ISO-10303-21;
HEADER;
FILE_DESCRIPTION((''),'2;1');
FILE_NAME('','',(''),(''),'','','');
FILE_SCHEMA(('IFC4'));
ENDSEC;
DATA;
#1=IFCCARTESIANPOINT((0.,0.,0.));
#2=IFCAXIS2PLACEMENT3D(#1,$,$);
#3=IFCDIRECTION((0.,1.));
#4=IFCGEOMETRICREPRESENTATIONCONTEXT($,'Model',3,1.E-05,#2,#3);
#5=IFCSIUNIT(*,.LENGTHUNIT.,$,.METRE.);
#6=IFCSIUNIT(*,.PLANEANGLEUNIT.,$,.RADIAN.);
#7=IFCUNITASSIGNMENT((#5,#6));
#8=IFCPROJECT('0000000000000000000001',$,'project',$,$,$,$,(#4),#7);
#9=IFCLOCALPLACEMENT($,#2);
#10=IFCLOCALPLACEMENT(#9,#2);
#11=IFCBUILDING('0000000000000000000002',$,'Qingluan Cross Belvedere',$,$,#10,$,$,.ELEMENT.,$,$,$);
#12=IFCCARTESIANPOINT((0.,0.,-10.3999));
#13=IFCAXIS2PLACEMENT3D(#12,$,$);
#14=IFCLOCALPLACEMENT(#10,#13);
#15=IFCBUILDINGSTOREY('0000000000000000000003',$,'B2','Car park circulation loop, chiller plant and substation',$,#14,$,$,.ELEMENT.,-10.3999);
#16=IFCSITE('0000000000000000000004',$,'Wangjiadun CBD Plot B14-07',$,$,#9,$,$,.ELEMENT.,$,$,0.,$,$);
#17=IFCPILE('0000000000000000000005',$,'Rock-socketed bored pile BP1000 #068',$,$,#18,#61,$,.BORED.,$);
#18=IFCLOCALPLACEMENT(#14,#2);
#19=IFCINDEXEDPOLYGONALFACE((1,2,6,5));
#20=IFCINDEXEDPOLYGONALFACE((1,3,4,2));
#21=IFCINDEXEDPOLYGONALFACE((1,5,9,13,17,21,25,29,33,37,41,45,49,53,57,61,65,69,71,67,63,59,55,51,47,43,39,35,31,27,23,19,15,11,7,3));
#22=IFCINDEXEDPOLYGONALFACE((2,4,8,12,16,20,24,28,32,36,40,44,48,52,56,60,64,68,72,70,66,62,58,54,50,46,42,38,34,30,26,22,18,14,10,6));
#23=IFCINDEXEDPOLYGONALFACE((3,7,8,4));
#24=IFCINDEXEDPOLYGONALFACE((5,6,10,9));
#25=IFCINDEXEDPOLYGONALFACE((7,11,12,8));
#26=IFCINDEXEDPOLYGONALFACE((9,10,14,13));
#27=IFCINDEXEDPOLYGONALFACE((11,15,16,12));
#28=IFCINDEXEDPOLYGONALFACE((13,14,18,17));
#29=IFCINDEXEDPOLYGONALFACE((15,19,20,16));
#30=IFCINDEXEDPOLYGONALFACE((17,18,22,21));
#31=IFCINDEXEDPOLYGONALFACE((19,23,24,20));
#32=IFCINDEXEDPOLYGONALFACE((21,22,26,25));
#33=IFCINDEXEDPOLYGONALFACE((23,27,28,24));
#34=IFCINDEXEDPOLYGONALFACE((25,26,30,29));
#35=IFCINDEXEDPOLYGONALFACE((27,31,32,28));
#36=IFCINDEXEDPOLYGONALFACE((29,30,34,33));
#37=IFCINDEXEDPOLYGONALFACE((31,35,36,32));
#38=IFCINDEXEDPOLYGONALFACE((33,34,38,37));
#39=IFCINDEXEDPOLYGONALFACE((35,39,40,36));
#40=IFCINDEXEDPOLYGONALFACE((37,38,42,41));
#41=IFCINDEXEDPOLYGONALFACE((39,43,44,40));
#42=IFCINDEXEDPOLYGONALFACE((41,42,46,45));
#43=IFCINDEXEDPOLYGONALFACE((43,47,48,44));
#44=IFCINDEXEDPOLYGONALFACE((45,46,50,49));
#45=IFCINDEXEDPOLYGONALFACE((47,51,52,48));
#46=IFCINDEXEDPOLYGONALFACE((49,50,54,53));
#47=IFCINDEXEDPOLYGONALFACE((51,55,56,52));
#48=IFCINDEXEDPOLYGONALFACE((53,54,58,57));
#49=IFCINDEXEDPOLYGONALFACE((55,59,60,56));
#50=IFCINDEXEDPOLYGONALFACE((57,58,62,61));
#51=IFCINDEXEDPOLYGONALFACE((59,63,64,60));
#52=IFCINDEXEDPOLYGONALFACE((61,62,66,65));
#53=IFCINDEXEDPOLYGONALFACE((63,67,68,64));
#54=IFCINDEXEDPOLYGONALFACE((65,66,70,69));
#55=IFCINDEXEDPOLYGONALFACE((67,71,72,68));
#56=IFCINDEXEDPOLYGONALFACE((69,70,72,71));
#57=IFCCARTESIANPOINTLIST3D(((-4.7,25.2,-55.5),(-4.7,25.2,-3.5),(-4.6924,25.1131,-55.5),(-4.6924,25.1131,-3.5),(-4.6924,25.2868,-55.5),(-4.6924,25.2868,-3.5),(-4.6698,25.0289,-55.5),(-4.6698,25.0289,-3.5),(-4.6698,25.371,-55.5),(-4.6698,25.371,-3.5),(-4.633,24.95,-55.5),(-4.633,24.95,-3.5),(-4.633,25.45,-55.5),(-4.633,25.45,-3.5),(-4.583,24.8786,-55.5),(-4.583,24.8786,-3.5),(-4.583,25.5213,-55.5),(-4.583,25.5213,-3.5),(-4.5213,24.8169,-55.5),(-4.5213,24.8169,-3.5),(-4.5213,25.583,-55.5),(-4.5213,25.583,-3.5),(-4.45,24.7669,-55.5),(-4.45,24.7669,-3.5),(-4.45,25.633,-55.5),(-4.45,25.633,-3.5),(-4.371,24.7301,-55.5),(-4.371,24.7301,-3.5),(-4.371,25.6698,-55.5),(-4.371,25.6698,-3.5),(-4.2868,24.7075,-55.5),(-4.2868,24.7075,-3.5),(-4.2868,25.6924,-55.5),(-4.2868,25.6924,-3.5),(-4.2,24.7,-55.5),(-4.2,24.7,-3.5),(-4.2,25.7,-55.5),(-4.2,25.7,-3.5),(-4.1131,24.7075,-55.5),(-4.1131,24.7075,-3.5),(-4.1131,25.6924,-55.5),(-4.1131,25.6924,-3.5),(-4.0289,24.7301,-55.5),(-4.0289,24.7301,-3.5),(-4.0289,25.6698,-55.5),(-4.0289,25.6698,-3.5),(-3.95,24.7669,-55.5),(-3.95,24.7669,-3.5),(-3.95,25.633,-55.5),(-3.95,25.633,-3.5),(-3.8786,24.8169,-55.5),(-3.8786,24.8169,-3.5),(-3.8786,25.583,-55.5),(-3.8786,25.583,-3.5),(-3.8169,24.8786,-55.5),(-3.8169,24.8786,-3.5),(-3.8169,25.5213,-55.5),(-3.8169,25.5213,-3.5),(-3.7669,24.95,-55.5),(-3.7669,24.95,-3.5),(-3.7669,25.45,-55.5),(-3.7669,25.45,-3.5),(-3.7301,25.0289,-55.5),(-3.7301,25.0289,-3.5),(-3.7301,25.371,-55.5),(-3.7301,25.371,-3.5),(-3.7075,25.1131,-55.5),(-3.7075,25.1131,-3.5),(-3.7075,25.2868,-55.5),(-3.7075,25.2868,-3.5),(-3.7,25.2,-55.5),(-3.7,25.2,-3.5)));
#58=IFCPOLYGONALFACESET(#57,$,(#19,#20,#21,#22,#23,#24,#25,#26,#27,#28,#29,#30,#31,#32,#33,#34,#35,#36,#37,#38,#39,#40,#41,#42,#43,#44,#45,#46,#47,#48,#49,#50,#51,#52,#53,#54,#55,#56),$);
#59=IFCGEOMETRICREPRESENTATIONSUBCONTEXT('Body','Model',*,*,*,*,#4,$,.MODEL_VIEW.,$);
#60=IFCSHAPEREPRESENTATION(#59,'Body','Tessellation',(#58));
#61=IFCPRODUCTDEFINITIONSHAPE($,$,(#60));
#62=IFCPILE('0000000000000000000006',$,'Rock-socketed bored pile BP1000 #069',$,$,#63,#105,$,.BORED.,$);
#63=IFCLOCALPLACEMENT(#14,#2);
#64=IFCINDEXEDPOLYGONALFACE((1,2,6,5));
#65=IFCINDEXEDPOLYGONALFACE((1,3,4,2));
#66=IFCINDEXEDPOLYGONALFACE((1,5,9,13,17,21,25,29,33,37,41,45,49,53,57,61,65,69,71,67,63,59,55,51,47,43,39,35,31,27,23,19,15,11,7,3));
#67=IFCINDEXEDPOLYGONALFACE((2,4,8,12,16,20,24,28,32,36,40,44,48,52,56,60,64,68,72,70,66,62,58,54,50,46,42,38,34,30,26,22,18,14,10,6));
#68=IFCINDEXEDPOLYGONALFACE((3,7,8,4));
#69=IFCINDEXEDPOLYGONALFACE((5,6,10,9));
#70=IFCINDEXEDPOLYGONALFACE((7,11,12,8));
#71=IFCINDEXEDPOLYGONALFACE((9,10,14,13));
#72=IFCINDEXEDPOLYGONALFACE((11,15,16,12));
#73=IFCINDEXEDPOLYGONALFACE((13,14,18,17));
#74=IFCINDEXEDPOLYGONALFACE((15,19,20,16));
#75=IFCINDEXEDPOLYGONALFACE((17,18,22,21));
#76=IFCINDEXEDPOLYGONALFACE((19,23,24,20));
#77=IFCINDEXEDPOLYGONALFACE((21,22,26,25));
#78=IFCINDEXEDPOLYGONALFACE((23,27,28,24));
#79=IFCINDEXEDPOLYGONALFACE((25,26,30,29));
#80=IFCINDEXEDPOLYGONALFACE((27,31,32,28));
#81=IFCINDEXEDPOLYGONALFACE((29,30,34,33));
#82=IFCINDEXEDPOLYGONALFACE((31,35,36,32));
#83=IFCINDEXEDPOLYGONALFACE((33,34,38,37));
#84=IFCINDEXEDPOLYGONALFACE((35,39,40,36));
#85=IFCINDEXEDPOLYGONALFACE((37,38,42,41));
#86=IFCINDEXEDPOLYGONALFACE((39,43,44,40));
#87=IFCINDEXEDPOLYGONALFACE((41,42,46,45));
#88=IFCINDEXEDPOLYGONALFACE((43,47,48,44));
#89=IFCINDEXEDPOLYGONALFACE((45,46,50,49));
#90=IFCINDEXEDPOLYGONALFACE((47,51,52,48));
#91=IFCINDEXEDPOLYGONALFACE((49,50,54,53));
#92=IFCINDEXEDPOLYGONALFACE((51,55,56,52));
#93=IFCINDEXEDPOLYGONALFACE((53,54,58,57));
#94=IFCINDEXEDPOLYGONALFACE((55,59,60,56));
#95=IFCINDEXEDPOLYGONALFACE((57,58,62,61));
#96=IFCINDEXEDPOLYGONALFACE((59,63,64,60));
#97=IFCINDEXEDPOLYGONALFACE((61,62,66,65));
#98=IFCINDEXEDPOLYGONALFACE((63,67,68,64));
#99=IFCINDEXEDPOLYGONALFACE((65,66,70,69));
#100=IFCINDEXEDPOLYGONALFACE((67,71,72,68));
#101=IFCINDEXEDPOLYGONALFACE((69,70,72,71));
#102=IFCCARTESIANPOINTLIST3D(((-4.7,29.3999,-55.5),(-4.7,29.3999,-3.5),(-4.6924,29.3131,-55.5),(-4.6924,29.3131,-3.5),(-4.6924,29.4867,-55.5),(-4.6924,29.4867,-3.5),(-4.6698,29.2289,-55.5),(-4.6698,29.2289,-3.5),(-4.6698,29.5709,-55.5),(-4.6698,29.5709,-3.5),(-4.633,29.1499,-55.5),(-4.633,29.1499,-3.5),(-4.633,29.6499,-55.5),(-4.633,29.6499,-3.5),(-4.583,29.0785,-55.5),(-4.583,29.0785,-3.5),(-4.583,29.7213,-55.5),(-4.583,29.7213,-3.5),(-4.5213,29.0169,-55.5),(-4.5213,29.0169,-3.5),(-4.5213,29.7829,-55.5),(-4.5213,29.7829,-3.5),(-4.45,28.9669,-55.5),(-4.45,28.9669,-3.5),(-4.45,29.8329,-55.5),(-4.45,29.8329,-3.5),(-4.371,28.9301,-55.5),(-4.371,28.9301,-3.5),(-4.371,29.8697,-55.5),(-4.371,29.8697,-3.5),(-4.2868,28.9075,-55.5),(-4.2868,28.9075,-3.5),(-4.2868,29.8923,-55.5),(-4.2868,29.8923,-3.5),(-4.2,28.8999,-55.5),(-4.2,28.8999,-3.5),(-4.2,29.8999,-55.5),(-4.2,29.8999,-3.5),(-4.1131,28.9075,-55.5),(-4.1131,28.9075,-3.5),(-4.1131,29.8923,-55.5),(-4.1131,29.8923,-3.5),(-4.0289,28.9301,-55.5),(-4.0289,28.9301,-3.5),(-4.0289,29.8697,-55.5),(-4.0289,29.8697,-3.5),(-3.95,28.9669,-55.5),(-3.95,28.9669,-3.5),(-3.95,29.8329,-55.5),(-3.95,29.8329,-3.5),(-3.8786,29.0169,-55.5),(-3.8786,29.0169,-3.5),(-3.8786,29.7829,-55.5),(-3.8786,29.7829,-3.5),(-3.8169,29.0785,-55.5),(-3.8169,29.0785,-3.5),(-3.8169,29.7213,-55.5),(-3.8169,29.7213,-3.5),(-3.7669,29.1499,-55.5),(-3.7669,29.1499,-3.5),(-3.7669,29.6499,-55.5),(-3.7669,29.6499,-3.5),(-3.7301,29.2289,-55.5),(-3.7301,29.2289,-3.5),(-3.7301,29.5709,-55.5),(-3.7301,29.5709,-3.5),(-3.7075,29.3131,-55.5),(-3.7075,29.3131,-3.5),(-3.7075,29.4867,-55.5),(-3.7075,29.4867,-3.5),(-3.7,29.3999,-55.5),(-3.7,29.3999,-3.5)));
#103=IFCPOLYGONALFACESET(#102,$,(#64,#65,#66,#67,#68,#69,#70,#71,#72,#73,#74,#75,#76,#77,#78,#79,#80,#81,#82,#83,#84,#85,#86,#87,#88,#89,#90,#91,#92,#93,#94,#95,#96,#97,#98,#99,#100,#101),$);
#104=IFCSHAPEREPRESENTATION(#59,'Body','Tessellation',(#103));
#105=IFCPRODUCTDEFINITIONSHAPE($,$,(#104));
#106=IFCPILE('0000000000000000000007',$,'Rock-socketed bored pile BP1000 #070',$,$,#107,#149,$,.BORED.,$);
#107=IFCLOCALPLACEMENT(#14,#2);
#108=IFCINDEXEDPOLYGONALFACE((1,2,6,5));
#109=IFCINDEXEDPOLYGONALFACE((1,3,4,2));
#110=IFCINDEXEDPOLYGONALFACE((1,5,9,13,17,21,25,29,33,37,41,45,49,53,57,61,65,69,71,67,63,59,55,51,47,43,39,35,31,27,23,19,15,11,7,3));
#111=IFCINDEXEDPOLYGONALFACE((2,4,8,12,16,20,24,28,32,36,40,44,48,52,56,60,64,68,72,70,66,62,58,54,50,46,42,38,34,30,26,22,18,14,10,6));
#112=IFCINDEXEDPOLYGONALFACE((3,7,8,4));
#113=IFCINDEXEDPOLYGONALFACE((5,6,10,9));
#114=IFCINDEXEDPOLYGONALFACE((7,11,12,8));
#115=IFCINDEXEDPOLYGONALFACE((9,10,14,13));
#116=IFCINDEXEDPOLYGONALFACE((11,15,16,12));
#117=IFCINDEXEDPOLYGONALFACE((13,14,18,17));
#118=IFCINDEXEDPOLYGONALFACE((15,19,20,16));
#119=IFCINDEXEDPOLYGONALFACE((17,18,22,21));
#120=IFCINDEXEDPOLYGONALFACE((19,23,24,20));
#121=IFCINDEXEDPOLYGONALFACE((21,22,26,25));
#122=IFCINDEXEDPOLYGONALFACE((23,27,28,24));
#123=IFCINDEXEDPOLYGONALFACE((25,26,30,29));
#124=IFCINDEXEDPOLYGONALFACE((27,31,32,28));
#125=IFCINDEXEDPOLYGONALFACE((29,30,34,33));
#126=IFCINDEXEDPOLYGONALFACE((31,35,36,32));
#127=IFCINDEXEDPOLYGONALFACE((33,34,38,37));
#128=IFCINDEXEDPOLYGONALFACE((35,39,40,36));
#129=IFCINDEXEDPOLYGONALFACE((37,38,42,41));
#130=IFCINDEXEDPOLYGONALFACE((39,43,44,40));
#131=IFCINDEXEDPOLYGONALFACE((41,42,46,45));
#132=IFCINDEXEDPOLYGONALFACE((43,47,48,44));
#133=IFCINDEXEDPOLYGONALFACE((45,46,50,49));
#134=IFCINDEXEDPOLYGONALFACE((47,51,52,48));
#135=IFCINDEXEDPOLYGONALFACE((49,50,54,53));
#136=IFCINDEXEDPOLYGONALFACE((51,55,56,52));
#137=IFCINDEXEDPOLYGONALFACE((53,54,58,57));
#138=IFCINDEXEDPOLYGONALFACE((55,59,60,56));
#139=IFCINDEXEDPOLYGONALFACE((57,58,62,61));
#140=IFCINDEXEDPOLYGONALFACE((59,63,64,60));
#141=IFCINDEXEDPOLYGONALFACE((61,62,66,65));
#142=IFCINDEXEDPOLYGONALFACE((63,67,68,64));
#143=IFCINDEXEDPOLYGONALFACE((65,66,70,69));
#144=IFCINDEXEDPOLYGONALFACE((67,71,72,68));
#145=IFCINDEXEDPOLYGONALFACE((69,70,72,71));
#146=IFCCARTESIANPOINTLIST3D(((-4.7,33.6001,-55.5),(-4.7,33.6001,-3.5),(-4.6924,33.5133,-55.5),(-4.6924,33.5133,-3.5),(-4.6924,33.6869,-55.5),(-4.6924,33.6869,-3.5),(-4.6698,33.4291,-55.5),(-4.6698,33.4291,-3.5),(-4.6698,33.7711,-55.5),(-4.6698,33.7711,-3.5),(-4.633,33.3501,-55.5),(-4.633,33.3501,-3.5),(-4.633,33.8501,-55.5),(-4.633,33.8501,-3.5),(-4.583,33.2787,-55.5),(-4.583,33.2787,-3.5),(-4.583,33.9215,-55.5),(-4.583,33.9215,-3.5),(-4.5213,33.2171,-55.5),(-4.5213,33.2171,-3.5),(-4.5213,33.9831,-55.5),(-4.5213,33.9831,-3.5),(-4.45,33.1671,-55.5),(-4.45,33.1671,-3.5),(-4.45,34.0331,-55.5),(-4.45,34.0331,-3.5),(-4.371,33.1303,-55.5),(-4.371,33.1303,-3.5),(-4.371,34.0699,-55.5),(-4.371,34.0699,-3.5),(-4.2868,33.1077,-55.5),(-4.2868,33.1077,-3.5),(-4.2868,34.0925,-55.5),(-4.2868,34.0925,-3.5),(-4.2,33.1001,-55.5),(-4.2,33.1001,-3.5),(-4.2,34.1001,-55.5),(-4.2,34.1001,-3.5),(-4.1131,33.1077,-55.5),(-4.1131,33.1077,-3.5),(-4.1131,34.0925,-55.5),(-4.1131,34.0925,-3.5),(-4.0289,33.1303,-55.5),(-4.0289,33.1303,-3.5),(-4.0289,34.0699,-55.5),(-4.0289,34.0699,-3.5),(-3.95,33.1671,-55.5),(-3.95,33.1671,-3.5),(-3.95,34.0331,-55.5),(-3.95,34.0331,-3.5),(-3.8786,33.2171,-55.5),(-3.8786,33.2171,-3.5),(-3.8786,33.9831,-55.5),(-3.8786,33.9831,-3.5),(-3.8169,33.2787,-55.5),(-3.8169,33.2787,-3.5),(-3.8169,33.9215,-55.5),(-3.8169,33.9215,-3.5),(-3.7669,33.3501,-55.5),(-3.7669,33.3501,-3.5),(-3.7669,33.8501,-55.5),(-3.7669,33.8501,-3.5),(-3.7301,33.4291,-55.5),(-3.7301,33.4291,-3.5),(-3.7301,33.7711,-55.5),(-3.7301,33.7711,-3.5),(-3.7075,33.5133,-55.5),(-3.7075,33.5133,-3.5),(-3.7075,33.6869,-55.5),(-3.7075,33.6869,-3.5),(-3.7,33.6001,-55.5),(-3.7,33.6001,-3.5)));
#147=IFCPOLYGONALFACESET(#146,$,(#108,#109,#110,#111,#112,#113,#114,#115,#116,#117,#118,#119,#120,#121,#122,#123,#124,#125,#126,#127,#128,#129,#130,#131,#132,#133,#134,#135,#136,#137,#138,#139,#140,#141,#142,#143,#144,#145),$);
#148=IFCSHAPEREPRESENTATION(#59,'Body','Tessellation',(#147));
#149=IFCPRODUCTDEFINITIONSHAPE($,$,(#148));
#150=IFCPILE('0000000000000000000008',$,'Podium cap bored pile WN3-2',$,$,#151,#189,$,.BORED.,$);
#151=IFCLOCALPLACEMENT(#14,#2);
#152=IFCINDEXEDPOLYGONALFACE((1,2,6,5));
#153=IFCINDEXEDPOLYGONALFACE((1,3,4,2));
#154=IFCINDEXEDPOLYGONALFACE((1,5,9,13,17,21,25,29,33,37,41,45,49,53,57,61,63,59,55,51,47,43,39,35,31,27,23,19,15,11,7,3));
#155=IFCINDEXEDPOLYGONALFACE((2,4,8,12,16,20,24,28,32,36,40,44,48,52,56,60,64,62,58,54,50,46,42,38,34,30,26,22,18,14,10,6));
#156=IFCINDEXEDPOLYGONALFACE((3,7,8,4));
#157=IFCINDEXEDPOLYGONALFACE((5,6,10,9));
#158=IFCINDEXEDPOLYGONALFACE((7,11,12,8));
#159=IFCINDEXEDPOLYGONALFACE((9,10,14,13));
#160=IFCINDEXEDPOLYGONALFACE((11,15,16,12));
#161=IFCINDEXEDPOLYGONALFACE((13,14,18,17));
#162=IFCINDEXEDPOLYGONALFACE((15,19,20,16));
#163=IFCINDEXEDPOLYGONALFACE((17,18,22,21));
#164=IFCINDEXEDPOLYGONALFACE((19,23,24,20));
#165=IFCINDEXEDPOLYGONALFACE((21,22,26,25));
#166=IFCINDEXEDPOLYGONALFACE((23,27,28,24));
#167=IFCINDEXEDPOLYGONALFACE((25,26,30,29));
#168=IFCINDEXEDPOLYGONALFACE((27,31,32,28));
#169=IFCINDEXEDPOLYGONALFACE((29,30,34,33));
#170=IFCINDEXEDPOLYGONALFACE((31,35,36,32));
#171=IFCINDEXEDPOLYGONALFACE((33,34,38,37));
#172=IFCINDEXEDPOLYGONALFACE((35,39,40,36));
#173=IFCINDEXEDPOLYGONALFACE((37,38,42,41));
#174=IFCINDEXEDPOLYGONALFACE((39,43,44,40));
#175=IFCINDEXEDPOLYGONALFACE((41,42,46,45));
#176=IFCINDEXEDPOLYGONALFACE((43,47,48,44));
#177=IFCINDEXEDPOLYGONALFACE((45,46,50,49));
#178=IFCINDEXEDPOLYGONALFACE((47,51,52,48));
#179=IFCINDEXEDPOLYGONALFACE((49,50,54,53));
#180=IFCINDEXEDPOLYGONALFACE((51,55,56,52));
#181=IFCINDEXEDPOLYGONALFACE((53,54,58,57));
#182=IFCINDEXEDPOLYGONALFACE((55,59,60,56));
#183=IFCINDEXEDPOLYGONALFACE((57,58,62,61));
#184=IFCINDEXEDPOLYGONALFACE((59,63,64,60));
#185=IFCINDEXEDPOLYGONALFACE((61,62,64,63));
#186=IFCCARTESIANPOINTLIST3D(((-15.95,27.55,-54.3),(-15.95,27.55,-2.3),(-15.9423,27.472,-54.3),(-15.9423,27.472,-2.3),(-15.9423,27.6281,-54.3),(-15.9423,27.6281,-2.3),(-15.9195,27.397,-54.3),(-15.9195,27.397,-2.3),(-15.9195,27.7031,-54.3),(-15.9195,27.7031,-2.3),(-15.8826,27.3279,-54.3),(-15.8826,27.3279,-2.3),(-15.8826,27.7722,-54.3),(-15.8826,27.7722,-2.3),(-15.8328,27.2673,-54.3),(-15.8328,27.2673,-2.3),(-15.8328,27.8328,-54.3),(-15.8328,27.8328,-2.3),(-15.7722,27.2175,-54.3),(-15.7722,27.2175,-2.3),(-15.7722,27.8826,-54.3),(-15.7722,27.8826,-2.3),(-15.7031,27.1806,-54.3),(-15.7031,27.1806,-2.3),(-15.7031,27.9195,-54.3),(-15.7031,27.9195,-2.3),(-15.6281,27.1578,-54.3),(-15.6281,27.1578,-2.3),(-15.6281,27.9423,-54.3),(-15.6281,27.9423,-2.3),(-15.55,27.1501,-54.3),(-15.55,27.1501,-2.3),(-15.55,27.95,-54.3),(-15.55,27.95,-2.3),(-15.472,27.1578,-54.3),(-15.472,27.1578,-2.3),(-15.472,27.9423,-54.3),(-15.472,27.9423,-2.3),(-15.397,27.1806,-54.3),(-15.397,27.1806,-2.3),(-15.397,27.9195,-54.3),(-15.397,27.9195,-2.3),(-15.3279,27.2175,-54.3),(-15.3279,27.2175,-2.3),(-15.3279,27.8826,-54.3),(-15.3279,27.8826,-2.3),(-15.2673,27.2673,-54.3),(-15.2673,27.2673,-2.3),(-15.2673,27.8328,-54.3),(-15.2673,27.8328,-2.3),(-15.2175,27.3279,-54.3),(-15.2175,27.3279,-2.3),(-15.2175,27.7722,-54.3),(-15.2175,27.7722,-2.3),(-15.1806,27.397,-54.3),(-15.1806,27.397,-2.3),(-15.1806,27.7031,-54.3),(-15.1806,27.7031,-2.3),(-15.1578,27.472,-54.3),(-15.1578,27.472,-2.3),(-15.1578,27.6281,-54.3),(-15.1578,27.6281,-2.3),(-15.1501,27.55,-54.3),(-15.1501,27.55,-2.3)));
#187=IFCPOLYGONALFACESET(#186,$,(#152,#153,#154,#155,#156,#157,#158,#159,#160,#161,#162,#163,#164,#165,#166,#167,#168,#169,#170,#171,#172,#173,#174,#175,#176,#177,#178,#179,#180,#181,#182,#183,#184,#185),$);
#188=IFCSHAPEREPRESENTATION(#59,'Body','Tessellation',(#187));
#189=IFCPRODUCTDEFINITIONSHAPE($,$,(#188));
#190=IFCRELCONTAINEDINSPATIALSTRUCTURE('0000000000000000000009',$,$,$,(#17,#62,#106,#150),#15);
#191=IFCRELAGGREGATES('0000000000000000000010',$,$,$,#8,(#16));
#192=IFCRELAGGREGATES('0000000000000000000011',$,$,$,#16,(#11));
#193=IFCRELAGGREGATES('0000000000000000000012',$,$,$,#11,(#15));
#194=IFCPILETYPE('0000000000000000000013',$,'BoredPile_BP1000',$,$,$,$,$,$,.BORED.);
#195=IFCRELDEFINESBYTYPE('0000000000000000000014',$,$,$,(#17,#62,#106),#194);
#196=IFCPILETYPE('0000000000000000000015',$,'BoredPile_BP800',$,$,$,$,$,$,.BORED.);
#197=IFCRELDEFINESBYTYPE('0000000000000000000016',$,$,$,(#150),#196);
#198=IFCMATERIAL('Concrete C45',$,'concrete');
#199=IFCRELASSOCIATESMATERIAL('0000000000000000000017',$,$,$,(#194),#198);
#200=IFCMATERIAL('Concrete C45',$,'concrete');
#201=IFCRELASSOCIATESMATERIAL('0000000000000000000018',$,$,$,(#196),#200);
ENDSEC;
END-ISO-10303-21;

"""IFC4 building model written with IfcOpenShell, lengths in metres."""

from ifc_helpers import new_model, si_unit, direction, frame, origin, origin_2d, place, context, subcontext, project, spatial, circle, extrude, material, material_profile, profile_set, type_object, element, save


model = new_model("IFC4")

# Units and contexts
model_context = context("Model", 3, precision=1e-05, world=origin(), true_north=direction((0.0, 1.0)))
body_context = subcontext(model_context, "Body", "Model", "MODEL_VIEW")
ifc_project = project(units=[si_unit("LENGTHUNIT", "METRE"), si_unit("PLANEANGLEUNIT", "RADIAN")], contexts=[model_context])

# Site, building, storey
site_placement = place(None, origin())
site = spatial("IfcSite", under=ifc_project, at=site_placement, Name="Wangjiadun CBD Plot B14-07", CompositionType="ELEMENT", RefElevation=0.0)
building_placement = place(site_placement, origin())
building = spatial("IfcBuilding", under=site, at=building_placement, Name="Qingluan Cross Belvedere", CompositionType="ELEMENT")
storey_placement = place(building_placement, frame((0.0, 0.0, -10.3999)))
storey = spatial("IfcBuildingStorey", under=building, at=storey_placement, Name="B2", Description="Car park circulation loop, chiller plant and substation", CompositionType="ELEMENT", Elevation=-10.3999)

# Piles
ifc_material_1 = material(Name="Concrete C45", Category="concrete")
ifc_material_profile_1 = material_profile(ifc_material_1, circle(Radius=0.5, at=origin_2d()), Name="BP1000")
ifc_profile_set_1 = profile_set([ifc_material_profile_1], Name="Concrete C45")
pile_type_1 = type_object("IfcPileType", Name="BoredPile_BP1000", PredefinedType="BORED", material=ifc_profile_set_1)
for number, where, z_axis, x_axis, name in (
    (1, (-4.2, 25.2, -3.5), (0.0, 0.0, -1.0), (1.0, 0.0, 0.0), "Rock-socketed bored pile BP1000 #068"),
    (2, (-4.2, 29.3999, -3.5), (0.0, 0.0, -1.0), (1.0, 0.0, 0.0), "Rock-socketed bored pile BP1000 #069"),
    (3, (-4.2, 33.6001, -3.5), (0.0, 0.0, -1.0), (1.0, 0.0, 0.0), "Rock-socketed bored pile BP1000 #070"),
):
    element("IfcPile", number, at=place(storey_placement, frame(where, z_axis=z_axis, x_axis=x_axis)), inside=storey, type_object=pile_type_1, Name=name, PredefinedType="BORED", context=body_context, shape_type="SweptSolid", body=[
        extrude(circle(Radius=0.5, at=origin_2d()), origin(), (0.0, 0.0, 1.0), 52.0),
    ])
ifc_material_2 = material(Name="Concrete C45", Category="concrete")
ifc_material_profile_2 = material_profile(ifc_material_2, circle(Radius=0.3999, at=origin_2d()), Name="BP800")
ifc_profile_set_2 = profile_set([ifc_material_profile_2], Name="Concrete C45")
pile_type_2 = type_object("IfcPileType", Name="BoredPile_BP800", PredefinedType="BORED", material=ifc_profile_set_2)
for number, where, z_axis, x_axis, name in (
    (4, (-15.55, 27.55, -2.3), (0.0, 0.0, -1.0), (1.0, 0.0, 0.0), "Podium cap bored pile WN3-2"),
):
    element("IfcPile", number, at=place(storey_placement, frame(where, z_axis=z_axis, x_axis=x_axis)), inside=storey, type_object=pile_type_2, Name=name, PredefinedType="BORED", context=body_context, shape_type="SweptSolid", body=[
        extrude(circle(Radius=0.3999, at=origin_2d()), origin(), (0.0, 0.0, 1.0), 52.0),
    ])

save(model, "model.ifc")
